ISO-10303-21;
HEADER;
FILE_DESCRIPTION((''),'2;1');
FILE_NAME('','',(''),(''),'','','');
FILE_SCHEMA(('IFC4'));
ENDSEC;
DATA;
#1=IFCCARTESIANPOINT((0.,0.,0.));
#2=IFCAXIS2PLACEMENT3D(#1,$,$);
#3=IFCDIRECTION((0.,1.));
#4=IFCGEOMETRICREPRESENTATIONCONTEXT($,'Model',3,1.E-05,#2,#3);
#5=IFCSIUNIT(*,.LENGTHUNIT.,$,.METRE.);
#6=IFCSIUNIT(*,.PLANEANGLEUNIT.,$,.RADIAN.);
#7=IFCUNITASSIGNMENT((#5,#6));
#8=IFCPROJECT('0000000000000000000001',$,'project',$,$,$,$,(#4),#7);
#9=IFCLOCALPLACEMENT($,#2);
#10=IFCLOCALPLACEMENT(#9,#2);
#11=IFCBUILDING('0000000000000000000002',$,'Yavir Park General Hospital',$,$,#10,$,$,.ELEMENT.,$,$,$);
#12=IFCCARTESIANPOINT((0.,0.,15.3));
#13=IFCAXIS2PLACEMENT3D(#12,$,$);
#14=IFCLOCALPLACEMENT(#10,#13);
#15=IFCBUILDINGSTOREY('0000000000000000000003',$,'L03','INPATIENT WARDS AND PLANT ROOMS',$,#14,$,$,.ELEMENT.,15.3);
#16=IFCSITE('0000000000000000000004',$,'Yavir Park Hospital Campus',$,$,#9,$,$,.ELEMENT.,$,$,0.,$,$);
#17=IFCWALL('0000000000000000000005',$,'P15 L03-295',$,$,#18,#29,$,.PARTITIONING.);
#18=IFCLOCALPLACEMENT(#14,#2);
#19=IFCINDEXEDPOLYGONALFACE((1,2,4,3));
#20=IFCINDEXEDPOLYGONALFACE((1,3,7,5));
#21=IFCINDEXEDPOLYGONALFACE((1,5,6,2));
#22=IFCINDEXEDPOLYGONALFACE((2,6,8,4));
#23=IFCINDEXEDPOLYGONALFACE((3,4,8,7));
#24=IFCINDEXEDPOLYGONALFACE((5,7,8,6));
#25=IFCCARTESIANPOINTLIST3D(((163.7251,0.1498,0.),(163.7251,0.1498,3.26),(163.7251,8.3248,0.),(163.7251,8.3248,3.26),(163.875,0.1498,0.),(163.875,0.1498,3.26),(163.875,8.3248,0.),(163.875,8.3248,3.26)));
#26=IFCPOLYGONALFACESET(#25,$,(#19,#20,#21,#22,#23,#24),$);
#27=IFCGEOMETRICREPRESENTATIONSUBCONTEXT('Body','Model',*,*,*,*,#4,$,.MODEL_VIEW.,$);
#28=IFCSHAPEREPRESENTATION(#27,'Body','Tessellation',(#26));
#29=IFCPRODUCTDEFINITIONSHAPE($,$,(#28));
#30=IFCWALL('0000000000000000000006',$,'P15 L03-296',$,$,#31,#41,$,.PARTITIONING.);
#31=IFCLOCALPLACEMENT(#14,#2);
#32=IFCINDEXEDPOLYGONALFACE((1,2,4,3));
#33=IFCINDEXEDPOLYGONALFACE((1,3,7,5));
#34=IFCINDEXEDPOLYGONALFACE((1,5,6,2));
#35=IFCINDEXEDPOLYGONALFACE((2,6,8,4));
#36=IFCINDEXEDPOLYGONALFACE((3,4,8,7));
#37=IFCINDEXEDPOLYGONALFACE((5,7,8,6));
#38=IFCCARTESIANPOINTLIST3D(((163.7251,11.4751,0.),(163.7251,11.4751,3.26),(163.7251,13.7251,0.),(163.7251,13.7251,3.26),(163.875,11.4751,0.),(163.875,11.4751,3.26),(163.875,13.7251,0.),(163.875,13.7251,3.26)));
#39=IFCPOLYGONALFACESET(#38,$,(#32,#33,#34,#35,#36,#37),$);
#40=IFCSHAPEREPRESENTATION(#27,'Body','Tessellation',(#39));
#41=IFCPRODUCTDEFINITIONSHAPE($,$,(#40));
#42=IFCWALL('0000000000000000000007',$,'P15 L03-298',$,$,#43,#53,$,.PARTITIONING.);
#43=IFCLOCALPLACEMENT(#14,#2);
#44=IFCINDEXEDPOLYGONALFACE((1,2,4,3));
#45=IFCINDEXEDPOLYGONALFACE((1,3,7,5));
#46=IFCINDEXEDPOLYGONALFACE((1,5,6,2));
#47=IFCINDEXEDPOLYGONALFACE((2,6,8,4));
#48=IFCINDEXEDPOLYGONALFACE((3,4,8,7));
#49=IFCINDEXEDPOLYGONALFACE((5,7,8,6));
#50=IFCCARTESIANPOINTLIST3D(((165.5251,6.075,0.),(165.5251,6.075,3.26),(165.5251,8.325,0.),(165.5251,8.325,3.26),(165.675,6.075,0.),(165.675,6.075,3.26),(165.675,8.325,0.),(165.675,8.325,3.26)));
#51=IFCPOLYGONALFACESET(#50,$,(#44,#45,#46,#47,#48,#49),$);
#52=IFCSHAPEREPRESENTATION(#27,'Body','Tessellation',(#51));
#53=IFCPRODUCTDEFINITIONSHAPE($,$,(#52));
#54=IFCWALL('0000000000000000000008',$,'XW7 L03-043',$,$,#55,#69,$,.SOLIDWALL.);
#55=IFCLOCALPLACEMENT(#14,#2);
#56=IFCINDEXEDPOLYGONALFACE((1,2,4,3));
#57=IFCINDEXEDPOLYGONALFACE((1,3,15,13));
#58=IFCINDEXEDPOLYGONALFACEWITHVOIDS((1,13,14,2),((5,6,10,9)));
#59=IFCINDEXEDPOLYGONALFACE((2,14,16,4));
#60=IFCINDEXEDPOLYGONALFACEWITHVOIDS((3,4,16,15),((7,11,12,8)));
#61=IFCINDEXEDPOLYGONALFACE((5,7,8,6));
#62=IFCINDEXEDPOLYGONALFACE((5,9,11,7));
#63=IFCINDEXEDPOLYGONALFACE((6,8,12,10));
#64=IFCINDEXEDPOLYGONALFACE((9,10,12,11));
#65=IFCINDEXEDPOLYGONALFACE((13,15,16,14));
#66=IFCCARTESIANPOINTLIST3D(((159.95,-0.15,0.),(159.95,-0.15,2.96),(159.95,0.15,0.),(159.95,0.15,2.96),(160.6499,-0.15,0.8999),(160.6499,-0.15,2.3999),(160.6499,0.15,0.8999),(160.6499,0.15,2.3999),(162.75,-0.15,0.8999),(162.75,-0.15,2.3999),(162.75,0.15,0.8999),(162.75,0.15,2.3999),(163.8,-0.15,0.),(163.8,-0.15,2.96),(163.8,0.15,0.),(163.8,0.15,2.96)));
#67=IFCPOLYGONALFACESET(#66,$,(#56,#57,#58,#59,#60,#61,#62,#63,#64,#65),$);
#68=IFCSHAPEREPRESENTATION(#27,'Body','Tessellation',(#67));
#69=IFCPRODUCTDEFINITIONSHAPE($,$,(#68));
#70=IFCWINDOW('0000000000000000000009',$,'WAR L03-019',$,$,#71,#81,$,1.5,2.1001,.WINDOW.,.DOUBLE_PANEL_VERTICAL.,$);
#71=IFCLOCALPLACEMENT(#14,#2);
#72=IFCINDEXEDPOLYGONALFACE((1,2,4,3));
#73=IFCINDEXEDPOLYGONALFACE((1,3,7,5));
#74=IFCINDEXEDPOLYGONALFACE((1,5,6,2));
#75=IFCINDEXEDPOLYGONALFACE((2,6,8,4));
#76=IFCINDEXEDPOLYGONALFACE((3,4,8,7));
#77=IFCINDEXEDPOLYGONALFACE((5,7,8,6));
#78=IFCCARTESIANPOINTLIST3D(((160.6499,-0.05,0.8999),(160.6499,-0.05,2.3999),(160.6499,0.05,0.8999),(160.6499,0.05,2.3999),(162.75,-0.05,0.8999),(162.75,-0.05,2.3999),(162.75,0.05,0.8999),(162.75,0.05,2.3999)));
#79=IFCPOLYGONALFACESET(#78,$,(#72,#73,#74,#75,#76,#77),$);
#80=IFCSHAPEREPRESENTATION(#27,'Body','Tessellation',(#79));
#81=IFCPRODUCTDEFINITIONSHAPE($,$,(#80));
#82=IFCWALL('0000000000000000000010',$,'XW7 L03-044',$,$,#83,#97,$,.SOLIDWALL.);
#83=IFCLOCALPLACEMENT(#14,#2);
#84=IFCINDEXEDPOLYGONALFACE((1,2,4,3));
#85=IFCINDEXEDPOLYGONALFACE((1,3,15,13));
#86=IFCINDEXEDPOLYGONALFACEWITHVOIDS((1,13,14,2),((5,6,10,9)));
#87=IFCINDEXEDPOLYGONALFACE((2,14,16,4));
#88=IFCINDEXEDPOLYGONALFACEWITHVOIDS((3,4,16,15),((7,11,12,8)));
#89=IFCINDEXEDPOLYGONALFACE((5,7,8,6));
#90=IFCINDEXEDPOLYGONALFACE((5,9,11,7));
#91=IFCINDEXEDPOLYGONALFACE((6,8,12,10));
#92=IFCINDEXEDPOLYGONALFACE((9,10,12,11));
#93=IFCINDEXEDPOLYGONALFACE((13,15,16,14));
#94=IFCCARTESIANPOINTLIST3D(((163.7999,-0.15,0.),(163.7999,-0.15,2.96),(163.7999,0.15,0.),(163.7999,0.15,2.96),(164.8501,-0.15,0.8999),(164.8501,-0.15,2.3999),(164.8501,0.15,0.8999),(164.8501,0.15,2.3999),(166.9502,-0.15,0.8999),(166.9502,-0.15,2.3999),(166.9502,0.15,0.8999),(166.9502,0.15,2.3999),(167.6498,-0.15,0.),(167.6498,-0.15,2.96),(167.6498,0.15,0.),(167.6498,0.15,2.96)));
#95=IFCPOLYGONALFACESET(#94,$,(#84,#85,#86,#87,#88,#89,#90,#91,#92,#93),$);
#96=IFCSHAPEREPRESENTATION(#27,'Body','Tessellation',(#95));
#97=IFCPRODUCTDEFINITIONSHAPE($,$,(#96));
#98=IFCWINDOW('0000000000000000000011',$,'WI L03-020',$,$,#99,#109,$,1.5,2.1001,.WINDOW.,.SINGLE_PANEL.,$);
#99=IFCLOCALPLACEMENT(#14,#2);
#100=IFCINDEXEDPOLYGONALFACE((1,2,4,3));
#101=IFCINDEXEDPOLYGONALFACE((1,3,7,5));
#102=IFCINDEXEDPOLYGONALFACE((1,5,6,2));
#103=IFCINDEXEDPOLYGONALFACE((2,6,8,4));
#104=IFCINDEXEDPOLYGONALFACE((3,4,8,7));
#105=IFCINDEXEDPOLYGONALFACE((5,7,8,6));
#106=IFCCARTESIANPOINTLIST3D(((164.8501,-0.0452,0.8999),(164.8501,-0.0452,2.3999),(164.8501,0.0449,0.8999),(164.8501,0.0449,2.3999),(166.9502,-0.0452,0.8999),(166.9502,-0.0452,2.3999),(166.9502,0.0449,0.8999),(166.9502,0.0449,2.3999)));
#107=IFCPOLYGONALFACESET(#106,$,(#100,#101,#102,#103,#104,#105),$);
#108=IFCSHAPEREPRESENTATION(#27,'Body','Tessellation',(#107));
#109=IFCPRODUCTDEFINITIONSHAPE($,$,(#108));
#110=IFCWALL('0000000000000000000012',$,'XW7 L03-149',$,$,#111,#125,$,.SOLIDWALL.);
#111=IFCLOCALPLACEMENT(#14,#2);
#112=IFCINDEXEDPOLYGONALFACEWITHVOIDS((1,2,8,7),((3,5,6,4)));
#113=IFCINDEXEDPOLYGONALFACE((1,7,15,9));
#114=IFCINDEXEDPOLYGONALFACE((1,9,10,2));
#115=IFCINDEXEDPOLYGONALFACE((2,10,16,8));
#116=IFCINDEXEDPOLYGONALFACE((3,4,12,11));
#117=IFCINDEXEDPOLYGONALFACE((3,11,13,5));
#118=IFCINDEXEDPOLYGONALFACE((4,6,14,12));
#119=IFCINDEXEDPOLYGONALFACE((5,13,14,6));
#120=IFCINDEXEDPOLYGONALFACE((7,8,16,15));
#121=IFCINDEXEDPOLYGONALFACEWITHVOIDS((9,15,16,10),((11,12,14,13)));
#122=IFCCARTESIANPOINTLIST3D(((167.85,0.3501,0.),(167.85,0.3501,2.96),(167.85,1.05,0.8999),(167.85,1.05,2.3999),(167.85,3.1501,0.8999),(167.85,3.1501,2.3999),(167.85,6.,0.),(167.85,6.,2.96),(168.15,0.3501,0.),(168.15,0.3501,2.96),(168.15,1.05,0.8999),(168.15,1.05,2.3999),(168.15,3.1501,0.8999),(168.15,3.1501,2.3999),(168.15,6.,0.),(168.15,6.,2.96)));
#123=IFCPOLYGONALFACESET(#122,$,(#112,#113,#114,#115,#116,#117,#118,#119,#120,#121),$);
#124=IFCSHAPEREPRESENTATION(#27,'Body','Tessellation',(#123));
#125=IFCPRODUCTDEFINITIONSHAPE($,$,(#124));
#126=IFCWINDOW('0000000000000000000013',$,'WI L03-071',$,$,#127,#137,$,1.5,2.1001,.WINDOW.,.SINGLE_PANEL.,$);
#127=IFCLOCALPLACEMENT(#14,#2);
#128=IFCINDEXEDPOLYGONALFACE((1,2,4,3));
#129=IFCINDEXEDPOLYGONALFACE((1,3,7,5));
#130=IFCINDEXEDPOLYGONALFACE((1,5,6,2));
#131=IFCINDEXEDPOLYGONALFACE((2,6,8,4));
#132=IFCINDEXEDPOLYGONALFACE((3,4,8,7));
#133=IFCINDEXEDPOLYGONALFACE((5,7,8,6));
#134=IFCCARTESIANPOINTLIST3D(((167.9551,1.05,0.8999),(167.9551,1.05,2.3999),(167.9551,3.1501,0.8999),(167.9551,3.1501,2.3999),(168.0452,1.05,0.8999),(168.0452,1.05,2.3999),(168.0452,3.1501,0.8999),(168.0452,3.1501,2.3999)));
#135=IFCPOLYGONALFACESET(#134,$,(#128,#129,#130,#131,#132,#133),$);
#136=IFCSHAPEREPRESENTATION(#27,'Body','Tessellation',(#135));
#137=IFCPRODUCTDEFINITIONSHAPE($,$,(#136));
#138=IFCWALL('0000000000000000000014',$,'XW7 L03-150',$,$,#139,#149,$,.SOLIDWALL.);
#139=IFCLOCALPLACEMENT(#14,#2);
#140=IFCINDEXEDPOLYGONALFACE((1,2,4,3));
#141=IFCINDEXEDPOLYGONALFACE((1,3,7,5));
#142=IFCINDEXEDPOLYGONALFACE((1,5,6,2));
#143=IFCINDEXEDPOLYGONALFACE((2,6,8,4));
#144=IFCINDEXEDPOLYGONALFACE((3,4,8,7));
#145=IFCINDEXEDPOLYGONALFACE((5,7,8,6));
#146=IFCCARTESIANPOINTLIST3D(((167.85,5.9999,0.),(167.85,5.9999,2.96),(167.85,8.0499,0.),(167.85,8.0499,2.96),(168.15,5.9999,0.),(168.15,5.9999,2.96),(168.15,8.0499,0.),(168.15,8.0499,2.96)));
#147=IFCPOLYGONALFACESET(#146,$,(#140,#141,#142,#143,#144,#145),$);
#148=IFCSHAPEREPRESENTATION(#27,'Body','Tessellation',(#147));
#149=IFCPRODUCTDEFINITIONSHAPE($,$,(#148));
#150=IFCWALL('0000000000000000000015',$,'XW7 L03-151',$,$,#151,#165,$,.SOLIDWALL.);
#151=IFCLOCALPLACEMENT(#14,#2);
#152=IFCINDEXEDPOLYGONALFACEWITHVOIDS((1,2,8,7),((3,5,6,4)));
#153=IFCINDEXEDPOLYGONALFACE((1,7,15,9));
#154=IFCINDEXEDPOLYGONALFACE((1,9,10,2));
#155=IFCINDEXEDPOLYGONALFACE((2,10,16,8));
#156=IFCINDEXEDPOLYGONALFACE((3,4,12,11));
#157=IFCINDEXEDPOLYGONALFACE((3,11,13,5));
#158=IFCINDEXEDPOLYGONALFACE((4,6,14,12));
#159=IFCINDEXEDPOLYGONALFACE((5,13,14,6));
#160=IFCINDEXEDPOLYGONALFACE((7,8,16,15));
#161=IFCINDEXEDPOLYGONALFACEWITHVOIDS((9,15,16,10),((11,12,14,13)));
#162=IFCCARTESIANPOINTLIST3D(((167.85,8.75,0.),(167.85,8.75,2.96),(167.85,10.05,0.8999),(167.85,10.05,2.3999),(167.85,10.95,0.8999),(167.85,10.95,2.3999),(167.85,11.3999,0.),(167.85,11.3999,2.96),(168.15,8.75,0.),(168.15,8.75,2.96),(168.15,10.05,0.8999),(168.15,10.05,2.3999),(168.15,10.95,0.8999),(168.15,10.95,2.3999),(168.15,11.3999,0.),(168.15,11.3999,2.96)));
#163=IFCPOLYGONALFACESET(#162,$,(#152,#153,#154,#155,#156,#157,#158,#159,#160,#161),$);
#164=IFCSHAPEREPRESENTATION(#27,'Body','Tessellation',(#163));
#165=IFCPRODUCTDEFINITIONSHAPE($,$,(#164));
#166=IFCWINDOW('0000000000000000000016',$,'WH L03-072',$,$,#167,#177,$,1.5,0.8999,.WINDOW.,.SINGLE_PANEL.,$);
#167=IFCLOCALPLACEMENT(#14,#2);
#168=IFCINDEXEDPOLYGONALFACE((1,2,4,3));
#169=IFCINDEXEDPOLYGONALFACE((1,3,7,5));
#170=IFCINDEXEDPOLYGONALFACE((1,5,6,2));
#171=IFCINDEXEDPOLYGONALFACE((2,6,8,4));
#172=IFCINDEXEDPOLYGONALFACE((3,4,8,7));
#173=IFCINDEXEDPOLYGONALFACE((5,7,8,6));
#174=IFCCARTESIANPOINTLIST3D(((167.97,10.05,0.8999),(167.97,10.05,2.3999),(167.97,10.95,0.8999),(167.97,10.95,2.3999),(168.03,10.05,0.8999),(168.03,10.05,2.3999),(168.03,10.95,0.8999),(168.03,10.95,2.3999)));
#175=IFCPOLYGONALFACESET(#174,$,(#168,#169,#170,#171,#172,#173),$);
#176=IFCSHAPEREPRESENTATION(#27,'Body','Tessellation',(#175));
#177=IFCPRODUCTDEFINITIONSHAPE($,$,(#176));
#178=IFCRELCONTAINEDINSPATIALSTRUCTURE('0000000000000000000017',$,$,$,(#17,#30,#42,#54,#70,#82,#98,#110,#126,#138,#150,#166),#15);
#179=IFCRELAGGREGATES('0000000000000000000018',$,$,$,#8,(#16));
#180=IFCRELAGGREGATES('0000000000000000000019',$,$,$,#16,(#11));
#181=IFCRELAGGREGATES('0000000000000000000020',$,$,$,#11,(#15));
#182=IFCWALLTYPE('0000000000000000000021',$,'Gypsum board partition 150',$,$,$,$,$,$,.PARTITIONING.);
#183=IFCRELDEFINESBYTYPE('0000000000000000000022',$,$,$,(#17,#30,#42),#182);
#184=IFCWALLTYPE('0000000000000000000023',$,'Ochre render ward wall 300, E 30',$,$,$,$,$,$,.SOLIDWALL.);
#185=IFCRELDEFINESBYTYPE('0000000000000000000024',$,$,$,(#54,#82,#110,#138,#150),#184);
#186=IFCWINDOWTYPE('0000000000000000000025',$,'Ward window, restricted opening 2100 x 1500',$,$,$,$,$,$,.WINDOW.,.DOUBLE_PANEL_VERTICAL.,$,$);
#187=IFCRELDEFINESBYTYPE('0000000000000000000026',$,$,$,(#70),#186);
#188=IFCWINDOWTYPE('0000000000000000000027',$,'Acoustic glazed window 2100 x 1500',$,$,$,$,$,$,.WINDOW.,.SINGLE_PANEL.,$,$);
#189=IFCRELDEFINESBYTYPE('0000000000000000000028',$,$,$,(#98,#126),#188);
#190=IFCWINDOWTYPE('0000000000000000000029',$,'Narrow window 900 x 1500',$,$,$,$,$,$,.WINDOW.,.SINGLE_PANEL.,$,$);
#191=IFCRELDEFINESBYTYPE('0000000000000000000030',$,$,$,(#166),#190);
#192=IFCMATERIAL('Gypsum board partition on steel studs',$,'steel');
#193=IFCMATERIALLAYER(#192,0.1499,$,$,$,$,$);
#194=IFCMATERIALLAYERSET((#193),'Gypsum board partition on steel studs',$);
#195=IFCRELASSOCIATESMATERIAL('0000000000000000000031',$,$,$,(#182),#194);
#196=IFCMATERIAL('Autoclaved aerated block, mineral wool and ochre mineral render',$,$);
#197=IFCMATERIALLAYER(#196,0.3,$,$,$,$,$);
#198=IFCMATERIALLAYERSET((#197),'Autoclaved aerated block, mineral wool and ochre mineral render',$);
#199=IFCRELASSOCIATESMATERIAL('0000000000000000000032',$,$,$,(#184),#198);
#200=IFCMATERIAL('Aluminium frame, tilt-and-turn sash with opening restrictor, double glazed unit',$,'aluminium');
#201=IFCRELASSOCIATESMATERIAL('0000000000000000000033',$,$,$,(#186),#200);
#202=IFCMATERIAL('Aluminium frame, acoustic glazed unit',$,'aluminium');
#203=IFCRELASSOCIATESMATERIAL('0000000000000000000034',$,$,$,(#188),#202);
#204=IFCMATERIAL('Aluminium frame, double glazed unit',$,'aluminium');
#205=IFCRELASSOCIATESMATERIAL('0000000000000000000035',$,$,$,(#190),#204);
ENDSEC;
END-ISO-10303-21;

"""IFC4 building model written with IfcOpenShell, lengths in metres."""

from ifc_helpers import new_model, si_unit, direction, frame, frame_2d, origin, place, context, subcontext, project, spatial, rectangle, extrude, material, layer, layer_set, type_object, element, fill, save


model = new_model("IFC4")

# Units and contexts
model_context = context("Model", 3, precision=1e-05, world=origin(), true_north=direction((0.0, 1.0)))
body_context = subcontext(model_context, "Body", "Model", "MODEL_VIEW")
ifc_project = project(units=[si_unit("LENGTHUNIT", "METRE"), si_unit("PLANEANGLEUNIT", "RADIAN")], contexts=[model_context])

# Site, building, storey
site_placement = place(None, origin())
site = spatial("IfcSite", under=ifc_project, at=site_placement, Name="Yavir Park Hospital Campus", CompositionType="ELEMENT", RefElevation=0.0)
building_placement = place(site_placement, origin())
building = spatial("IfcBuilding", under=site, at=building_placement, Name="Yavir Park General Hospital", CompositionType="ELEMENT")
storey_placement = place(building_placement, frame((0.0, 0.0, 15.3)))
storey = spatial("IfcBuildingStorey", under=building, at=storey_placement, Name="L03", Description="INPATIENT WARDS AND PLANT ROOMS", CompositionType="ELEMENT", Elevation=15.3)

# Shared definitions
ifc_material_1 = material(Name="Gypsum board partition on steel studs", Category="steel")
ifc_layer_1 = layer(ifc_material_1, 0.1499)
ifc_layer_set_1 = layer_set([ifc_layer_1], Name="Gypsum board partition on steel studs")
wall_type_1 = type_object("IfcWallType", Name="Gypsum board partition 150", PredefinedType="PARTITIONING", material=ifc_layer_set_1)

# Walls
wall_1_placement = place(storey_placement, frame((163.8, 0.1499, 0.0), z_axis=(0.0, 0.0, 1.0), x_axis=(0.0, 1.0, 0.0)))
element("IfcWall", 1, at=wall_1_placement, inside=storey, type_object=wall_type_1, Name="P15 L03-295", PredefinedType="PARTITIONING", context=body_context, shape_type="SweptSolid", body=[
    extrude(rectangle(XDim=8.175, YDim=0.1499, at=frame_2d((4.0874, 0.0))), origin(), (0.0, 0.0, 1.0), 3.26),
])
for number, where, z_axis, x_axis, name in (
    (2, (163.8, 11.4751, 0.0), (0.0, 0.0, 1.0), (0.0, 1.0, 0.0), "P15 L03-296"),
    (3, (165.6001, 6.075, 0.0), (0.0, 0.0, 1.0), (0.0, 1.0, 0.0), "P15 L03-298"),
):
    element("IfcWall", number, at=place(storey_placement, frame(where, z_axis=z_axis, x_axis=x_axis)), inside=storey, type_object=wall_type_1, Name=name, PredefinedType="PARTITIONING", context=body_context, shape_type="SweptSolid", body=[
        extrude(rectangle(XDim=2.25, YDim=0.1499, at=frame_2d((1.125, 0.0))), origin(), (0.0, 0.0, 1.0), 3.26),
    ])

# Walls, openings, windows
ifc_material_2 = material(Name="Autoclaved aerated block, mineral wool and ochre mineral render")
ifc_layer_2 = layer(ifc_material_2, 0.3)
ifc_layer_set_2 = layer_set([ifc_layer_2], Name="Autoclaved aerated block, mineral wool and ochre mineral render")
wall_type_2 = type_object("IfcWallType", Name="Ochre render ward wall 300, E 30", PredefinedType="SOLIDWALL", material=ifc_layer_set_2)
wall_2_placement = place(storey_placement, frame((159.95, 0.0, 0.0), z_axis=(0.0, 0.0, 1.0), x_axis=(1.0, 0.0, 0.0)))
wall_2 = element("IfcWall", 4, at=wall_2_placement, inside=storey, type_object=wall_type_2, Name="XW7 L03-043", PredefinedType="SOLIDWALL", context=body_context, shape_type="SweptSolid", body=[
    extrude(rectangle(XDim=3.8501, YDim=0.3, at=frame_2d((1.925, 0.0))), origin(), (0.0, 0.0, 1.0), 2.96),
])
opening_1_placement = place(wall_2_placement, frame((0.7, 0.0, 0.8999)))
opening_1 = element("IfcOpeningElement", 5, at=opening_1_placement, cuts=wall_2, PredefinedType="OPENING", context=body_context, shape_type="SweptSolid", body=[
    extrude(rectangle(XDim=2.1001, YDim=1.5, at=frame_2d((1.05, 0.75))), frame((0.0, 0.1599, 0.0), z_axis=(0.0, -1.0, 0.0), x_axis=(1.0, 0.0, 0.0)), (0.0, 0.0, 1.0), 0.3201),
])
ifc_material_3 = material(Name="Aluminium frame, tilt-and-turn sash with opening restrictor, double glazed unit", Category="aluminium")
window_type_1 = type_object("IfcWindowType", Name="Ward window, restricted opening 2100 x 1500", PartitioningType="DOUBLE_PANEL_VERTICAL", PredefinedType="WINDOW", material=ifc_material_3)
window_1_placement = place(opening_1_placement, origin())
window_1 = element("IfcWindow", 6, at=window_1_placement, inside=storey, type_object=window_type_1, Name="WAR L03-019", OverallHeight=1.5, OverallWidth=2.1001, PartitioningType="DOUBLE_PANEL_VERTICAL", PredefinedType="WINDOW", context=body_context, shape_type="SweptSolid", body=[
    extrude(rectangle(XDim=2.1001, YDim=1.5, at=frame_2d((1.05, 0.75))), frame((0.0, 0.05, 0.0), z_axis=(0.0, -1.0, 0.0), x_axis=(1.0, 0.0, 0.0)), (0.0, 0.0, 1.0), 0.1001),
])
fill(opening_1, window_1)
wall_3_placement = place(storey_placement, frame((163.8, 0.0, 0.0), z_axis=(0.0, 0.0, 1.0), x_axis=(1.0, 0.0, 0.0)))
wall_3 = element("IfcWall", 7, at=wall_3_placement, inside=storey, type_object=wall_type_2, Name="XW7 L03-044", PredefinedType="SOLIDWALL", context=body_context, shape_type="SweptSolid", body=[
    extrude(rectangle(XDim=3.8499, YDim=0.3, at=frame_2d((1.9248, 0.0))), origin(), (0.0, 0.0, 1.0), 2.96),
])
opening_2_placement = place(wall_3_placement, frame((1.05, 0.0, 0.8999)))
opening_2 = element("IfcOpeningElement", 8, at=opening_2_placement, cuts=wall_3, PredefinedType="OPENING", context=body_context, shape_type="SweptSolid", body=[
    extrude(rectangle(XDim=2.1001, YDim=1.5, at=frame_2d((1.05, 0.75))), frame((0.0, 0.1599, 0.0), z_axis=(0.0, -1.0, 0.0), x_axis=(1.0, 0.0, 0.0)), (0.0, 0.0, 1.0), 0.3201),
])
ifc_material_4 = material(Name="Aluminium frame, acoustic glazed unit", Category="aluminium")
window_type_2 = type_object("IfcWindowType", Name="Acoustic glazed window 2100 x 1500", PartitioningType="SINGLE_PANEL", PredefinedType="WINDOW", material=ifc_material_4)
window_2_placement = place(opening_2_placement, origin())
window_2 = element("IfcWindow", 9, at=window_2_placement, inside=storey, type_object=window_type_2, Name="WI L03-020", OverallHeight=1.5, OverallWidth=2.1001, PartitioningType="SINGLE_PANEL", PredefinedType="WINDOW", context=body_context, shape_type="SweptSolid", body=[
    extrude(rectangle(XDim=2.1001, YDim=1.5, at=frame_2d((1.05, 0.75))), frame((0.0, 0.0449, 0.0), z_axis=(0.0, -1.0, 0.0), x_axis=(1.0, 0.0, 0.0)), (0.0, 0.0, 1.0), 0.0901),
])
fill(opening_2, window_2)
wall_4_placement = place(storey_placement, frame((168.0, 0.3501, 0.0), z_axis=(0.0, 0.0, 1.0), x_axis=(0.0, 1.0, 0.0)))
wall_4 = element("IfcWall", 10, at=wall_4_placement, inside=storey, type_object=wall_type_2, Name="XW7 L03-149", PredefinedType="SOLIDWALL", context=body_context, shape_type="SweptSolid", body=[
    extrude(rectangle(XDim=5.6499, YDim=0.3, at=frame_2d((2.825, 0.0))), origin(), (0.0, 0.0, 1.0), 2.96),
])
opening_3_placement = place(wall_4_placement, frame((0.7, 0.0, 0.8999)))
opening_3 = element("IfcOpeningElement", 11, at=opening_3_placement, cuts=wall_4, PredefinedType="OPENING", context=body_context, shape_type="SweptSolid", body=[
    extrude(rectangle(XDim=2.1001, YDim=1.5, at=frame_2d((1.05, 0.75))), frame((0.0, 0.1599, 0.0), z_axis=(0.0, -1.0, 0.0), x_axis=(1.0, 0.0, 0.0)), (0.0, 0.0, 1.0), 0.3201),
])
window_3_placement = place(opening_3_placement, origin())
window_3 = element("IfcWindow", 12, at=window_3_placement, inside=storey, type_object=window_type_2, Name="WI L03-071", OverallHeight=1.5, OverallWidth=2.1001, PartitioningType="SINGLE_PANEL", PredefinedType="WINDOW", context=body_context, shape_type="SweptSolid", body=[
    extrude(rectangle(XDim=2.1001, YDim=1.5, at=frame_2d((1.05, 0.75))), frame((0.0, 0.0449, 0.0), z_axis=(0.0, -1.0, 0.0), x_axis=(1.0, 0.0, 0.0)), (0.0, 0.0, 1.0), 0.0901),
])
fill(opening_3, window_3)

# Wall
wall_5_placement = place(storey_placement, frame((168.0, 6.0, 0.0), z_axis=(0.0, 0.0, 1.0), x_axis=(0.0, 1.0, 0.0)))
element("IfcWall", 13, at=wall_5_placement, inside=storey, type_object=wall_type_2, Name="XW7 L03-150", PredefinedType="SOLIDWALL", context=body_context, shape_type="SweptSolid", body=[
    extrude(rectangle(XDim=2.05, YDim=0.3, at=frame_2d((1.0249, 0.0))), origin(), (0.0, 0.0, 1.0), 2.96),
])

# Wall, opening, window
wall_6_placement = place(storey_placement, frame((168.0, 8.75, 0.0), z_axis=(0.0, 0.0, 1.0), x_axis=(0.0, 1.0, 0.0)))
wall_6 = element("IfcWall", 14, at=wall_6_placement, inside=storey, type_object=wall_type_2, Name="XW7 L03-151", PredefinedType="SOLIDWALL", context=body_context, shape_type="SweptSolid", body=[
    extrude(rectangle(XDim=2.6499, YDim=0.3, at=frame_2d((1.325, 0.0))), origin(), (0.0, 0.0, 1.0), 2.96),
])
opening_4_placement = place(wall_6_placement, frame((1.3, 0.0, 0.8999)))
opening_4 = element("IfcOpeningElement", 15, at=opening_4_placement, cuts=wall_6, PredefinedType="OPENING", context=body_context, shape_type="SweptSolid", body=[
    extrude(rectangle(XDim=0.8999, YDim=1.5, at=frame_2d((0.45, 0.75))), frame((0.0, 0.1599, 0.0), z_axis=(0.0, -1.0, 0.0), x_axis=(1.0, 0.0, 0.0)), (0.0, 0.0, 1.0), 0.3201),
])
ifc_material_5 = material(Name="Aluminium frame, double glazed unit", Category="aluminium")
window_type_3 = type_object("IfcWindowType", Name="Narrow window 900 x 1500", PartitioningType="SINGLE_PANEL", PredefinedType="WINDOW", material=ifc_material_5)
window_4_placement = place(opening_4_placement, origin())
window_4 = element("IfcWindow", 16, at=window_4_placement, inside=storey, type_object=window_type_3, Name="WH L03-072", OverallHeight=1.5, OverallWidth=0.8999, PartitioningType="SINGLE_PANEL", PredefinedType="WINDOW", context=body_context, shape_type="SweptSolid", body=[
    extrude(rectangle(XDim=0.8999, YDim=1.5, at=frame_2d((0.45, 0.75))), frame((0.0, 0.03, 0.0), z_axis=(0.0, -1.0, 0.0), x_axis=(1.0, 0.0, 0.0)), (0.0, 0.0, 1.0), 0.0601),
])
fill(opening_4, window_4)

save(model, "model.ifc")
